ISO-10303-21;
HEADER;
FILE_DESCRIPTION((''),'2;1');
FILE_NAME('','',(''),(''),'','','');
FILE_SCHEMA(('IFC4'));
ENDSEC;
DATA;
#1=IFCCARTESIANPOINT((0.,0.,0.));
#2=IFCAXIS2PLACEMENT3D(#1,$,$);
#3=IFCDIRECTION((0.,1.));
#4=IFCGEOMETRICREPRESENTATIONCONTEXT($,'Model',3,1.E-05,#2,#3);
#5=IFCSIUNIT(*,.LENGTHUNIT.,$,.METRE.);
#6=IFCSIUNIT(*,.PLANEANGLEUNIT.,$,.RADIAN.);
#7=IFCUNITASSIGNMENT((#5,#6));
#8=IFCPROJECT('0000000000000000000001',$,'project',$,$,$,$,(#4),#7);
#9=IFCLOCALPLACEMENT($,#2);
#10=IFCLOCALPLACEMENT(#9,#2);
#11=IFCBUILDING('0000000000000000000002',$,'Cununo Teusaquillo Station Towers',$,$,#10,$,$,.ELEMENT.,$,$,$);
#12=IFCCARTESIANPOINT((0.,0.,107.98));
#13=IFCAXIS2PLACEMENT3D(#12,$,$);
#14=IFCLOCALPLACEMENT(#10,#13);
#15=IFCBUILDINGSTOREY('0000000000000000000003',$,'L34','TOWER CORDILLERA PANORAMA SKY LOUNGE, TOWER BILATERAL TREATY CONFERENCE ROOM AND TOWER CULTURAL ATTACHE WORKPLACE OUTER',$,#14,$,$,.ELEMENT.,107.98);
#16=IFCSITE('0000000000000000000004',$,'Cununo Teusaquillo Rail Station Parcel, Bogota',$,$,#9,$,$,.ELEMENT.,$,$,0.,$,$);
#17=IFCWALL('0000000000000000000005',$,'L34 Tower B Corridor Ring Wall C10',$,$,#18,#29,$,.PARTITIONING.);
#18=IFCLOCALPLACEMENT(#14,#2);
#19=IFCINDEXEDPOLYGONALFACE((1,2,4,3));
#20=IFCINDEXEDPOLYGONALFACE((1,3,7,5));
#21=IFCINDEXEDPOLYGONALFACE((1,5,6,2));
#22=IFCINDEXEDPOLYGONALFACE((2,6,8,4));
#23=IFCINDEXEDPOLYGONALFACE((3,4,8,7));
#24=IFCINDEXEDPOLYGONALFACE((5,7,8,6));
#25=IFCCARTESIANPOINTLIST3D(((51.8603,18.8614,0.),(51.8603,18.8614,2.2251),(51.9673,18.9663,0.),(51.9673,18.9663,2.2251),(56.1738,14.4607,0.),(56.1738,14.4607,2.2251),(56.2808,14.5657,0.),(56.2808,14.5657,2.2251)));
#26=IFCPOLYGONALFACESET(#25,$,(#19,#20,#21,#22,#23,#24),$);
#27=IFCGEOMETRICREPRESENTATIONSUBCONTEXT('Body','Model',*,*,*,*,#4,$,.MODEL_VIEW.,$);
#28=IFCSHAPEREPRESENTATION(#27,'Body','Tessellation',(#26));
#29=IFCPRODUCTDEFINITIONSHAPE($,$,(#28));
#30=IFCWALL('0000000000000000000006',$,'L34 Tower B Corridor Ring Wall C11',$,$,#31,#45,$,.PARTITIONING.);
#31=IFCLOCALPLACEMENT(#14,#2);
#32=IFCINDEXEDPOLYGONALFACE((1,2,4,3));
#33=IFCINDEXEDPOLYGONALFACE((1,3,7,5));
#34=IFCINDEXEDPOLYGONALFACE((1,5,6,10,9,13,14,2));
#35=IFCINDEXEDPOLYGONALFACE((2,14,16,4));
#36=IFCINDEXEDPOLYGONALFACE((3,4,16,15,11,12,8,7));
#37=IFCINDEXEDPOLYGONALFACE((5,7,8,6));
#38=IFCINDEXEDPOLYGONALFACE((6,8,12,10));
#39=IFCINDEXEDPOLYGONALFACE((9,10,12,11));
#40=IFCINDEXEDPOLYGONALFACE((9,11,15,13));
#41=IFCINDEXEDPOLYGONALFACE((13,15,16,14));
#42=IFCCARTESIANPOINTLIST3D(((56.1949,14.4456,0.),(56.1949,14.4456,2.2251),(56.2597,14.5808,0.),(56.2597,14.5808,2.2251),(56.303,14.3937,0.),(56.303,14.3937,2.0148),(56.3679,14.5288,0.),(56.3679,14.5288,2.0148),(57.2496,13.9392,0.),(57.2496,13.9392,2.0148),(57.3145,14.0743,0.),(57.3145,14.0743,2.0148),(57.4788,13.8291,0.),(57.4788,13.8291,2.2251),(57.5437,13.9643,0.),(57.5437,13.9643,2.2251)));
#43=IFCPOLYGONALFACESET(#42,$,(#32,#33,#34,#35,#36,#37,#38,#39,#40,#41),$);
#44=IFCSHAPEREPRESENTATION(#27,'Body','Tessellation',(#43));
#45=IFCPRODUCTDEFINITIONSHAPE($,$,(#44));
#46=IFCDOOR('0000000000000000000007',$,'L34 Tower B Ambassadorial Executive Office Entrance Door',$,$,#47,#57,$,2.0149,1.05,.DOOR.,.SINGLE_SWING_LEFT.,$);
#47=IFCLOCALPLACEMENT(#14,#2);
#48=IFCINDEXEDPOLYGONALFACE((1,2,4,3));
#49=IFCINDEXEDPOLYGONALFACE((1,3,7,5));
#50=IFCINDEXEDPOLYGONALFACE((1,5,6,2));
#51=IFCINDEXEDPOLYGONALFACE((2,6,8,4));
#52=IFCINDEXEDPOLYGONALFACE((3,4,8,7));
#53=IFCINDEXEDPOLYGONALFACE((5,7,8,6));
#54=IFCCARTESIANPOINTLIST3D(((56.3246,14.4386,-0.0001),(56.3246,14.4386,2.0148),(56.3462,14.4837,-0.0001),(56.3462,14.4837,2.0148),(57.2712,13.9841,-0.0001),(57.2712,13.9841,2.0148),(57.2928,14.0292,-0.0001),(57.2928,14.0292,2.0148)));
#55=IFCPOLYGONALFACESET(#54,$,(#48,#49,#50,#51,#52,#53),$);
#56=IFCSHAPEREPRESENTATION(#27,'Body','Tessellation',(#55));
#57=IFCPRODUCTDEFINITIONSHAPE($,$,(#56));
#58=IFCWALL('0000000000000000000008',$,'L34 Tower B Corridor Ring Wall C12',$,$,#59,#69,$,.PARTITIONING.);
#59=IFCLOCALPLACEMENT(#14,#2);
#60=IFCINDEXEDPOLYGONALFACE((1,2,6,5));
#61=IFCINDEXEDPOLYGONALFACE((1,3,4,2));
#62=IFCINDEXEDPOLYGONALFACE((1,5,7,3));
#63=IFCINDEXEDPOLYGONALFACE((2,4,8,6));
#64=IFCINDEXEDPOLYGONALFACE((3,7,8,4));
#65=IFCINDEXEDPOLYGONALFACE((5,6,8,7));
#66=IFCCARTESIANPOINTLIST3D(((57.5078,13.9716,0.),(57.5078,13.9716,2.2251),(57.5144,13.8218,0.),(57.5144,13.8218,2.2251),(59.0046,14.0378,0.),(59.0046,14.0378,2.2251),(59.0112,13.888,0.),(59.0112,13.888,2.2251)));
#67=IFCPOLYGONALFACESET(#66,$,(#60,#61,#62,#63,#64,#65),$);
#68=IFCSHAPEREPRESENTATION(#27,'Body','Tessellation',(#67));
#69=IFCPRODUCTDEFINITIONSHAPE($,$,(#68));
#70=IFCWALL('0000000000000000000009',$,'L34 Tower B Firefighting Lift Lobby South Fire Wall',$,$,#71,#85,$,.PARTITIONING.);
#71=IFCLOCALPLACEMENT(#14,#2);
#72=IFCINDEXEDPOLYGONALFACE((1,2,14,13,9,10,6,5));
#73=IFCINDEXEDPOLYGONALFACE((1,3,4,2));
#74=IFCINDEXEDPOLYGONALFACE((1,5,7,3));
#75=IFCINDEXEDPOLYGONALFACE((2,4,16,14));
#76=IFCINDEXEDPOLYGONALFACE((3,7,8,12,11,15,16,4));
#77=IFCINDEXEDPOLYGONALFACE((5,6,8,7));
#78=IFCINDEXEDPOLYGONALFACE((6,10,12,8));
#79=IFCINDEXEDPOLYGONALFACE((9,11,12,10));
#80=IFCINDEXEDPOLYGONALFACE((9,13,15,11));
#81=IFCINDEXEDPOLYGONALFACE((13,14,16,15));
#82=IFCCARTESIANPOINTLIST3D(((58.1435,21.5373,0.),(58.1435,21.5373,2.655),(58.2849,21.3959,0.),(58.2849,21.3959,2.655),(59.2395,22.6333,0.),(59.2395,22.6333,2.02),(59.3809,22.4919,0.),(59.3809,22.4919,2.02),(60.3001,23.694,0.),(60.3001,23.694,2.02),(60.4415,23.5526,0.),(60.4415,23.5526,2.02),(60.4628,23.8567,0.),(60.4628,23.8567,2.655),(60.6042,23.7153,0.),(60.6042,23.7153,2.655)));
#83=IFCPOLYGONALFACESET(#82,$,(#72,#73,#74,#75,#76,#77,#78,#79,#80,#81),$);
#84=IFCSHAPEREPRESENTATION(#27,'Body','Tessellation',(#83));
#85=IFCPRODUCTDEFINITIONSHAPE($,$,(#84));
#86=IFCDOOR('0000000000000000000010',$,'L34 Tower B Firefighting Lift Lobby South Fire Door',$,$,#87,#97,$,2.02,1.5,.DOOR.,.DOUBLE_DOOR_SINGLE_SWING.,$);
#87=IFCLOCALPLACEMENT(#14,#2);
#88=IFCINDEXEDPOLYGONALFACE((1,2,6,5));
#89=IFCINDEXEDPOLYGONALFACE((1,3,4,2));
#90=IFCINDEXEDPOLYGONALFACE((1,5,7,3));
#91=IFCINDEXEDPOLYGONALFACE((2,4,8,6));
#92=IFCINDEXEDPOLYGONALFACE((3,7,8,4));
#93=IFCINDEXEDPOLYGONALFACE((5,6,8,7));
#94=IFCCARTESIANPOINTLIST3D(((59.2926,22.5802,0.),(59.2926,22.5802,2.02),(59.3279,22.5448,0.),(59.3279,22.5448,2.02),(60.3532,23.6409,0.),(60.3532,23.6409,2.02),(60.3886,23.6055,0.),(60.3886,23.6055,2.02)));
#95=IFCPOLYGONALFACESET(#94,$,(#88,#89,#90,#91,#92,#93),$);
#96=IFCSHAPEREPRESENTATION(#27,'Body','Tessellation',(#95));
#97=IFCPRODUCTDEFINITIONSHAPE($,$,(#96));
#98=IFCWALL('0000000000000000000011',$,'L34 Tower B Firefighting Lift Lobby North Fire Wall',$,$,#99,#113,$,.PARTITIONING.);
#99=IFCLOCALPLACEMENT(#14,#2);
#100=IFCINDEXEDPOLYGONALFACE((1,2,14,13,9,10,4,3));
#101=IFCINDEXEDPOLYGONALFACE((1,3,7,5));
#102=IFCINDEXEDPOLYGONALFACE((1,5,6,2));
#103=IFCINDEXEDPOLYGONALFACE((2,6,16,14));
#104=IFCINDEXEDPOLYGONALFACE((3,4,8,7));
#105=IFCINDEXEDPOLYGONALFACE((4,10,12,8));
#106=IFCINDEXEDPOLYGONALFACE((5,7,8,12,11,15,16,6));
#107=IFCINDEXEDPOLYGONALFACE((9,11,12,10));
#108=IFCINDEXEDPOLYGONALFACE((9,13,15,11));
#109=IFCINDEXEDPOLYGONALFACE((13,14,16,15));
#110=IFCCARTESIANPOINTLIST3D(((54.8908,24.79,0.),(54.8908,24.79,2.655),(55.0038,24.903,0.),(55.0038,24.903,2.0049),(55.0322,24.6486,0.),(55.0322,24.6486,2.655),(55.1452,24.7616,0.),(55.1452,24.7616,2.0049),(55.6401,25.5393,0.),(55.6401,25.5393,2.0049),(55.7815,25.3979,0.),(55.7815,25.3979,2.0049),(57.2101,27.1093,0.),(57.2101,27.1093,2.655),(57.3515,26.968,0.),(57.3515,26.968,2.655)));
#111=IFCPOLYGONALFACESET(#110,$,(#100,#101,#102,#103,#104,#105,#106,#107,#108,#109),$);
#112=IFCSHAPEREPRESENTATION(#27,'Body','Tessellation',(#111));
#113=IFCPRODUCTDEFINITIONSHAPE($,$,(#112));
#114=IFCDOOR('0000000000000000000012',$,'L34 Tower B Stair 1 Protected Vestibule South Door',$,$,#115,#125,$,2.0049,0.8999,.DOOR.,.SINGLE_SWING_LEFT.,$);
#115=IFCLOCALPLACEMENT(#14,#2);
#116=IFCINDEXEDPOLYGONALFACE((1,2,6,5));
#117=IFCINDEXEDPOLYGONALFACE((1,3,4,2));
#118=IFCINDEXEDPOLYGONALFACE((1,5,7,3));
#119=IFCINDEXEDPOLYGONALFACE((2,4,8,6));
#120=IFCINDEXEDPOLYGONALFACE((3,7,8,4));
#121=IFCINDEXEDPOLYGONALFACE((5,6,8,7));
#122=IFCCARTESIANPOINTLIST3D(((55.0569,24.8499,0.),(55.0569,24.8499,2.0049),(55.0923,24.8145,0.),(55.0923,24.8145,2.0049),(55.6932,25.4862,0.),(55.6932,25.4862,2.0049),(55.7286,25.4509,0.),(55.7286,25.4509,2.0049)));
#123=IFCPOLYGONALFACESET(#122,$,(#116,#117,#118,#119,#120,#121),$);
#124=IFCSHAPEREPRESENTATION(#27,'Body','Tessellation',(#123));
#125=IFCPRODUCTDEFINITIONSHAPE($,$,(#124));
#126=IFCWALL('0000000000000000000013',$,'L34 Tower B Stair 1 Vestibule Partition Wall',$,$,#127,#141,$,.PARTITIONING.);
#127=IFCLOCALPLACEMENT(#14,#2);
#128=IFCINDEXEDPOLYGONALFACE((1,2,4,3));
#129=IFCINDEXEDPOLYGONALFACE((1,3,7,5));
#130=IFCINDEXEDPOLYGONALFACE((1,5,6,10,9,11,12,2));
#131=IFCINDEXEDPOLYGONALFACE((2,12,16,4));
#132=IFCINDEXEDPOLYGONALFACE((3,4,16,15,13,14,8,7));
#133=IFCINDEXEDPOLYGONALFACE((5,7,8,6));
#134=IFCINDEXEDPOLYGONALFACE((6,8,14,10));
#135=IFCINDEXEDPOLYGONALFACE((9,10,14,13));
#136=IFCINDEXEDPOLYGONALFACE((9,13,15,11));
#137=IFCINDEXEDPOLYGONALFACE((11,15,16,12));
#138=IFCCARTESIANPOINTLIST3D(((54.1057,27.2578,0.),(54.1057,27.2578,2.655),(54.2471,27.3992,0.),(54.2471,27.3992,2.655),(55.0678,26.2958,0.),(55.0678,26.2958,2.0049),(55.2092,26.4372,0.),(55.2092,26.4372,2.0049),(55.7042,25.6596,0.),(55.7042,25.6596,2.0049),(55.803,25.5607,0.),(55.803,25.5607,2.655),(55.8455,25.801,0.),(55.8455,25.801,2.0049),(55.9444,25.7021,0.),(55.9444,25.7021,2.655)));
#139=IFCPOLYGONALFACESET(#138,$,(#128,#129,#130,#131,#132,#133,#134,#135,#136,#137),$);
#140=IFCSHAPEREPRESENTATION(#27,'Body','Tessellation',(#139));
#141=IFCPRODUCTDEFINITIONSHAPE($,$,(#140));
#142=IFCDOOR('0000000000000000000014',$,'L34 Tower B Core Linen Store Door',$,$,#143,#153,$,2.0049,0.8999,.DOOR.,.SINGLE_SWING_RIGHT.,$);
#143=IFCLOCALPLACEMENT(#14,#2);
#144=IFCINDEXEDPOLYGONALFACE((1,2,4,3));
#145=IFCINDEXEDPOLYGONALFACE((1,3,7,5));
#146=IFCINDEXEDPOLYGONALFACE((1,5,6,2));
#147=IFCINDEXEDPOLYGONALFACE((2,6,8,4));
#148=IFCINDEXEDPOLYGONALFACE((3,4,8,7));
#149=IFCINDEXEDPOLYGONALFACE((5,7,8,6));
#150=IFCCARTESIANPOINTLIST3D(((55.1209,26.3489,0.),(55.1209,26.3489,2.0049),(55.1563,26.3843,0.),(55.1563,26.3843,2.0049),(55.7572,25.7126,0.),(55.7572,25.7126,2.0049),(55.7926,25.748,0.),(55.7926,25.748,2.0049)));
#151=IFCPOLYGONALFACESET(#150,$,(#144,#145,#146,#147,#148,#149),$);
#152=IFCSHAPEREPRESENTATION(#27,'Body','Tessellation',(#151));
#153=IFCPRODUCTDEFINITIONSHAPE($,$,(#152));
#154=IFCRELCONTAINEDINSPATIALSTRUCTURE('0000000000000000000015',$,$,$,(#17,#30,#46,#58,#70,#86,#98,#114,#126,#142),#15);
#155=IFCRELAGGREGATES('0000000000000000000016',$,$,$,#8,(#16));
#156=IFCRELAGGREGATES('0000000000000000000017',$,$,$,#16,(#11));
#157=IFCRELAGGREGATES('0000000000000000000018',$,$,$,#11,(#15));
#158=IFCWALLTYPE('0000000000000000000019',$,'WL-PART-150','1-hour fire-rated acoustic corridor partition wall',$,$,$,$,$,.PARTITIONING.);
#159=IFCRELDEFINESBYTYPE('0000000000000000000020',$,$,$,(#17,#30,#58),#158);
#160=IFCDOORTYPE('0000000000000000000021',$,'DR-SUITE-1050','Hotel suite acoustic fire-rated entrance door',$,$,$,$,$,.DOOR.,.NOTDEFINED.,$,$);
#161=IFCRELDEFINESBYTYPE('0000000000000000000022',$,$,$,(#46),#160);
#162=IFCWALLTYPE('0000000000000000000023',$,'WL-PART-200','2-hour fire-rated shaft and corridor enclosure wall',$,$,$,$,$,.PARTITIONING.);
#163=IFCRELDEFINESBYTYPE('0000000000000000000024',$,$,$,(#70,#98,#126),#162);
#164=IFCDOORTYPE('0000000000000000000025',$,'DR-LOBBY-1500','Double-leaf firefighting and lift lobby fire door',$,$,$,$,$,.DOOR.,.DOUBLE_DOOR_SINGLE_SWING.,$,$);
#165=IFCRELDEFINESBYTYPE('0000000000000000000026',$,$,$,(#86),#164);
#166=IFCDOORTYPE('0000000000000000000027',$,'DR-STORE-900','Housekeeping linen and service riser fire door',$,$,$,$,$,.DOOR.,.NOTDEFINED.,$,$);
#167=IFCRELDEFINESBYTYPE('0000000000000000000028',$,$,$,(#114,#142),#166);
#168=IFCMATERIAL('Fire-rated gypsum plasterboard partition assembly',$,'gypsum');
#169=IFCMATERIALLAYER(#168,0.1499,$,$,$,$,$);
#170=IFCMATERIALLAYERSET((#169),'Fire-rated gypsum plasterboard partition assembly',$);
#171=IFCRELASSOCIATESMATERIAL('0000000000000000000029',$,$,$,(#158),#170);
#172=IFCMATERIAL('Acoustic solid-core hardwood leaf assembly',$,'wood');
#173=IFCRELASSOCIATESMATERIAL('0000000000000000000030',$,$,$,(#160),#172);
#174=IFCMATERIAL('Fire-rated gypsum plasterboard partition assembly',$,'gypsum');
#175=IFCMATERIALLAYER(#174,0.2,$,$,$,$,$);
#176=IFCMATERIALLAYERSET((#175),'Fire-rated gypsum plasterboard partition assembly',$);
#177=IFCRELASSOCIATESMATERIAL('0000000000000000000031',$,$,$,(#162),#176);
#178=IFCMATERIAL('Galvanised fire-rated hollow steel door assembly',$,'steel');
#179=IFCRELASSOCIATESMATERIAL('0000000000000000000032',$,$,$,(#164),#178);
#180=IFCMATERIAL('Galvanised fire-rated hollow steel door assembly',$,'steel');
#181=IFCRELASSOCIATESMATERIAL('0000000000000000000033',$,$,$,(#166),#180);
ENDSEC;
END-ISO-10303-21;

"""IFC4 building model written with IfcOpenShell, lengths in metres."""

from ifc_helpers import new_model, si_unit, direction, frame, frame_2d, origin, place, context, subcontext, project, spatial, rectangle, extrude, source, transform, mapped, material, layer, layer_set, type_object, element, fill, save


model = new_model("IFC4")

# Units and contexts
model_context = context("Model", 3, precision=1e-05, world=origin(), true_north=direction((0.0, 1.0)))
body_context = subcontext(model_context, "Body", "Model", "MODEL_VIEW")
ifc_project = project(units=[si_unit("LENGTHUNIT", "METRE"), si_unit("PLANEANGLEUNIT", "RADIAN")], contexts=[model_context])

# Site, building, storey
site_placement = place(None, origin())
site = spatial("IfcSite", under=ifc_project, at=site_placement, Name="Cununo Teusaquillo Rail Station Parcel, Bogota", CompositionType="ELEMENT", RefElevation=0.0)
building_placement = place(site_placement, origin())
building = spatial("IfcBuilding", under=site, at=building_placement, Name="Cununo Teusaquillo Station Towers", CompositionType="ELEMENT")
storey_placement = place(building_placement, frame((0.0, 0.0, 107.98)))
storey = spatial("IfcBuildingStorey", under=building, at=storey_placement, Name="L34", Description="TOWER CORDILLERA PANORAMA SKY LOUNGE, TOWER BILATERAL TREATY CONFERENCE ROOM AND TOWER CULTURAL ATTACHE WORKPLACE OUTER", CompositionType="ELEMENT", Elevation=107.98)

# Wall
ifc_material_1 = material(Name="Fire-rated gypsum plasterboard partition assembly", Category="gypsum")
ifc_layer_1 = layer(ifc_material_1, 0.1499)
ifc_layer_set_1 = layer_set([ifc_layer_1], Name="Fire-rated gypsum plasterboard partition assembly")
wall_type_1 = type_object("IfcWallType", Name="WL-PART-150", Description="1-hour fire-rated acoustic corridor partition wall", PredefinedType="PARTITIONING", material=ifc_layer_set_1)
wall_1_placement = place(storey_placement, frame((51.9138, 18.9138, 0.0), z_axis=(0.0, 0.0, 1.0), x_axis=(0.699999, -0.714144, 0.0)))
element("IfcWall", 1, at=wall_1_placement, inside=storey, type_object=wall_type_1, Name="L34 Tower B Corridor Ring Wall C10", PredefinedType="PARTITIONING", context=body_context, shape_type="SweptSolid", body=[
    extrude(rectangle(XDim=6.1621, YDim=0.1499, at=frame_2d((3.0811, 0.0))), origin(), (0.0, 0.0, 1.0), 2.2251),
])

# Wall, opening, door
wall_2_placement = place(storey_placement, frame((56.2273, 14.5132, 0.0), z_axis=(0.0, 0.0, 1.0), x_axis=(0.901478, -0.432826, 0.0)))
wall_2 = element("IfcWall", 2, at=wall_2_placement, inside=storey, type_object=wall_type_1, Name="L34 Tower B Corridor Ring Wall C11", PredefinedType="PARTITIONING", context=body_context, shape_type="SweptSolid", body=[
    extrude(rectangle(XDim=1.4243, YDim=0.1499, at=frame_2d((0.7122, 0.0))), origin(), (0.0, 0.0, 1.0), 2.2251),
])
shared_shape_1 = source(origin(), body_context, "Body", "SweptSolid", [
    extrude(rectangle(XDim=1.05, YDim=2.0149, at=frame_2d((0.5249, 1.0073))), frame((0.0, 0.085, 0.0), z_axis=(0.0, -1.0, 0.0), x_axis=(1.0, 0.0, 0.0)), (0.0, 0.0, 1.0), 0.1699),
])
opening_1_placement = place(wall_2_placement, frame((0.1201, 0.0, 0.0)))
opening_1 = element("IfcOpeningElement", 3, at=opening_1_placement, cuts=wall_2, PredefinedType="OPENING", context=body_context, shape_type="MappedRepresentation", body=[
    mapped(shared_shape_1, transform((0.0, 0.0, 0.0), x_axis=(1.0, 0.0, 0.0), y_axis=(0.0, 1.0, 0.0), z_axis=(0.0, 0.0, 1.0), scale=1.0)),
])
ifc_material_2 = material(Name="Acoustic solid-core hardwood leaf assembly", Category="wood")
door_type_1 = type_object("IfcDoorType", Name="DR-SUITE-1050", Description="Hotel suite acoustic fire-rated entrance door", OperationType="NOTDEFINED", PredefinedType="DOOR", material=ifc_material_2)
shared_shape_2 = source(origin(), body_context, "Body", "SweptSolid", [
    extrude(rectangle(XDim=1.05, YDim=2.0149, at=frame_2d((0.5249, 1.0073))), frame((0.0, 0.0249, 0.0), z_axis=(0.0, -1.0, 0.0), x_axis=(1.0, 0.0, 0.0)), (0.0, 0.0, 1.0), 0.05),
])
door_1_placement = place(opening_1_placement, origin())
door_1 = element("IfcDoor", 4, at=door_1_placement, inside=storey, type_object=door_type_1, Name="L34 Tower B Ambassadorial Executive Office Entrance Door", OperationType="SINGLE_SWING_LEFT", OverallHeight=2.0149, OverallWidth=1.05, PredefinedType="DOOR", context=body_context, shape_type="MappedRepresentation", body=[
    mapped(shared_shape_2, transform((0.0, 0.0, 0.0), x_axis=(1.0, 0.0, 0.0), y_axis=(0.0, 1.0, 0.0), z_axis=(0.0, 0.0, 1.0), scale=1.0)),
])
fill(opening_1, door_1)

# Wall
wall_3_placement = place(storey_placement, frame((57.5112, 13.8967, 0.0), z_axis=(0.0, 0.0, 1.0), x_axis=(0.999025, 0.044158, 0.0)))
element("IfcWall", 5, at=wall_3_placement, inside=storey, type_object=wall_type_1, Name="L34 Tower B Corridor Ring Wall C12", PredefinedType="PARTITIONING", context=body_context, shape_type="SweptSolid", body=[
    extrude(rectangle(XDim=1.4983, YDim=0.1499, at=frame_2d((0.749, 0.0))), origin(), (0.0, 0.0, 1.0), 2.2251),
])

# Walls, openings, doors
ifc_material_3 = material(Name="Fire-rated gypsum plasterboard partition assembly", Category="gypsum")
ifc_layer_2 = layer(ifc_material_3, 0.2)
ifc_layer_set_2 = layer_set([ifc_layer_2], Name="Fire-rated gypsum plasterboard partition assembly")
wall_type_2 = type_object("IfcWallType", Name="WL-PART-200", Description="2-hour fire-rated shaft and corridor enclosure wall", PredefinedType="PARTITIONING", material=ifc_layer_set_2)
wall_4_placement = place(storey_placement, frame((58.2141, 21.4666, 0.0), z_axis=(0.0, 0.0, 1.0), x_axis=(0.707107, 0.707107, 0.0)))
wall_4 = element("IfcWall", 6, at=wall_4_placement, inside=storey, type_object=wall_type_2, Name="L34 Tower B Firefighting Lift Lobby South Fire Wall", PredefinedType="PARTITIONING", context=body_context, shape_type="SweptSolid", body=[
    extrude(rectangle(XDim=3.28, YDim=0.2, at=frame_2d((1.6401, 0.0))), origin(), (0.0, 0.0, 1.0), 2.655),
])
shared_shape_3 = source(origin(), body_context, "Body", "SweptSolid", [
    extrude(rectangle(XDim=1.5, YDim=2.02, at=frame_2d((0.75, 1.01))), frame((0.0, 0.1099, 0.0), z_axis=(0.0, -1.0, 0.0), x_axis=(1.0, 0.0, 0.0)), (0.0, 0.0, 1.0), 0.22),
])
opening_2_placement = place(wall_4_placement, frame((1.55, 0.0, 0.0)))
opening_2 = element("IfcOpeningElement", 7, at=opening_2_placement, cuts=wall_4, PredefinedType="OPENING", context=body_context, shape_type="MappedRepresentation", body=[
    mapped(shared_shape_3, transform((0.0, 0.0, 0.0), x_axis=(1.0, 0.0, 0.0), y_axis=(0.0, 1.0, 0.0), z_axis=(0.0, 0.0, 1.0), scale=1.0)),
])
ifc_material_4 = material(Name="Galvanised fire-rated hollow steel door assembly", Category="steel")
door_type_2 = type_object("IfcDoorType", Name="DR-LOBBY-1500", Description="Double-leaf firefighting and lift lobby fire door", OperationType="DOUBLE_DOOR_SINGLE_SWING", PredefinedType="DOOR", material=ifc_material_4)
shared_shape_4 = source(origin(), body_context, "Body", "SweptSolid", [
    extrude(rectangle(XDim=1.5, YDim=2.02, at=frame_2d((0.75, 1.01))), frame((0.0, 0.0249, 0.0), z_axis=(0.0, -1.0, 0.0), x_axis=(1.0, 0.0, 0.0)), (0.0, 0.0, 1.0), 0.05),
])
door_2_placement = place(opening_2_placement, origin())
door_2 = element("IfcDoor", 8, at=door_2_placement, inside=storey, type_object=door_type_2, Name="L34 Tower B Firefighting Lift Lobby South Fire Door", OperationType="DOUBLE_DOOR_SINGLE_SWING", OverallHeight=2.02, OverallWidth=1.5, PredefinedType="DOOR", context=body_context, shape_type="MappedRepresentation", body=[
    mapped(shared_shape_4, transform((0.0, 0.0, 0.0), x_axis=(1.0, 0.0, 0.0), y_axis=(0.0, 1.0, 0.0), z_axis=(0.0, 0.0, 1.0), scale=1.0)),
])
fill(opening_2, door_2)
wall_5_placement = place(storey_placement, frame((54.9614, 24.7192, 0.0), z_axis=(0.0, 0.0, 1.0), x_axis=(0.707107, 0.707107, 0.0)))
wall_5 = element("IfcWall", 9, at=wall_5_placement, inside=storey, type_object=wall_type_2, Name="L34 Tower B Firefighting Lift Lobby North Fire Wall", PredefinedType="PARTITIONING", context=body_context, shape_type="SweptSolid", body=[
    extrude(rectangle(XDim=3.28, YDim=0.2, at=frame_2d((1.6401, 0.0))), origin(), (0.0, 0.0, 1.0), 2.655),
])
shared_shape_5 = source(origin(), body_context, "Body", "SweptSolid", [
    extrude(rectangle(XDim=0.8999, YDim=2.0049, at=frame_2d((0.45, 1.0024))), frame((0.0, 0.1099, 0.0), z_axis=(0.0, -1.0, 0.0), x_axis=(1.0, 0.0, 0.0)), (0.0, 0.0, 1.0), 0.22),
])
opening_3_placement = place(wall_5_placement, frame((0.1599, 0.0, 0.0)))
opening_3 = element("IfcOpeningElement", 10, at=opening_3_placement, cuts=wall_5, PredefinedType="OPENING", context=body_context, shape_type="MappedRepresentation", body=[
    mapped(shared_shape_5, transform((0.0, 0.0, 0.0), x_axis=(1.0, 0.0, 0.0), y_axis=(0.0, 1.0, 0.0), z_axis=(0.0, 0.0, 1.0), scale=1.0)),
])
ifc_material_5 = material(Name="Galvanised fire-rated hollow steel door assembly", Category="steel")
door_type_3 = type_object("IfcDoorType", Name="DR-STORE-900", Description="Housekeeping linen and service riser fire door", OperationType="NOTDEFINED", PredefinedType="DOOR", material=ifc_material_5)
shared_shape_6 = source(origin(), body_context, "Body", "SweptSolid", [
    extrude(rectangle(XDim=0.8999, YDim=2.0049, at=frame_2d((0.45, 1.0024))), frame((0.0, 0.0249, 0.0), z_axis=(0.0, -1.0, 0.0), x_axis=(1.0, 0.0, 0.0)), (0.0, 0.0, 1.0), 0.05),
])
door_3_placement = place(opening_3_placement, origin())
door_3 = element("IfcDoor", 11, at=door_3_placement, inside=storey, type_object=door_type_3, Name="L34 Tower B Stair 1 Protected Vestibule South Door", OperationType="SINGLE_SWING_LEFT", OverallHeight=2.0049, OverallWidth=0.8999, PredefinedType="DOOR", context=body_context, shape_type="MappedRepresentation", body=[
    mapped(shared_shape_6, transform((0.0, 0.0, 0.0), x_axis=(1.0, 0.0, 0.0), y_axis=(0.0, 1.0, 0.0), z_axis=(0.0, 0.0, 1.0), scale=1.0)),
])
fill(opening_3, door_3)
wall_6_placement = place(storey_placement, frame((55.8738, 25.6313, 0.0), z_axis=(0.0, 0.0, 1.0), x_axis=(-0.707158, 0.707056, 0.0)))
wall_6 = element("IfcWall", 12, at=wall_6_placement, inside=storey, type_object=wall_type_2, Name="L34 Tower B Stair 1 Vestibule Partition Wall", PredefinedType="PARTITIONING", context=body_context, shape_type="SweptSolid", body=[
    extrude(rectangle(XDim=2.4001, YDim=0.2, at=frame_2d((1.2002, 0.0))), origin(), (0.0, 0.0, 1.0), 2.655),
])
opening_4_placement = place(wall_6_placement, frame((0.1399, 0.0, 0.0)))
opening_4 = element("IfcOpeningElement", 13, at=opening_4_placement, cuts=wall_6, PredefinedType="OPENING", context=body_context, shape_type="MappedRepresentation", body=[
    mapped(shared_shape_5, transform((0.0, 0.0, 0.0), x_axis=(1.0, 0.0, 0.0), y_axis=(0.0, 1.0, 0.0), z_axis=(0.0, 0.0, 1.0), scale=1.0)),
])
door_4_placement = place(opening_4_placement, origin())
door_4 = element("IfcDoor", 14, at=door_4_placement, inside=storey, type_object=door_type_3, Name="L34 Tower B Core Linen Store Door", OperationType="SINGLE_SWING_RIGHT", OverallHeight=2.0049, OverallWidth=0.8999, PredefinedType="DOOR", context=body_context, shape_type="MappedRepresentation", body=[
    mapped(shared_shape_6, transform((0.0, 0.0, 0.0), x_axis=(1.0, 0.0, 0.0), y_axis=(0.0, 1.0, 0.0), z_axis=(0.0, 0.0, 1.0), scale=1.0)),
])
fill(opening_4, door_4)

save(model, "model.ifc")
